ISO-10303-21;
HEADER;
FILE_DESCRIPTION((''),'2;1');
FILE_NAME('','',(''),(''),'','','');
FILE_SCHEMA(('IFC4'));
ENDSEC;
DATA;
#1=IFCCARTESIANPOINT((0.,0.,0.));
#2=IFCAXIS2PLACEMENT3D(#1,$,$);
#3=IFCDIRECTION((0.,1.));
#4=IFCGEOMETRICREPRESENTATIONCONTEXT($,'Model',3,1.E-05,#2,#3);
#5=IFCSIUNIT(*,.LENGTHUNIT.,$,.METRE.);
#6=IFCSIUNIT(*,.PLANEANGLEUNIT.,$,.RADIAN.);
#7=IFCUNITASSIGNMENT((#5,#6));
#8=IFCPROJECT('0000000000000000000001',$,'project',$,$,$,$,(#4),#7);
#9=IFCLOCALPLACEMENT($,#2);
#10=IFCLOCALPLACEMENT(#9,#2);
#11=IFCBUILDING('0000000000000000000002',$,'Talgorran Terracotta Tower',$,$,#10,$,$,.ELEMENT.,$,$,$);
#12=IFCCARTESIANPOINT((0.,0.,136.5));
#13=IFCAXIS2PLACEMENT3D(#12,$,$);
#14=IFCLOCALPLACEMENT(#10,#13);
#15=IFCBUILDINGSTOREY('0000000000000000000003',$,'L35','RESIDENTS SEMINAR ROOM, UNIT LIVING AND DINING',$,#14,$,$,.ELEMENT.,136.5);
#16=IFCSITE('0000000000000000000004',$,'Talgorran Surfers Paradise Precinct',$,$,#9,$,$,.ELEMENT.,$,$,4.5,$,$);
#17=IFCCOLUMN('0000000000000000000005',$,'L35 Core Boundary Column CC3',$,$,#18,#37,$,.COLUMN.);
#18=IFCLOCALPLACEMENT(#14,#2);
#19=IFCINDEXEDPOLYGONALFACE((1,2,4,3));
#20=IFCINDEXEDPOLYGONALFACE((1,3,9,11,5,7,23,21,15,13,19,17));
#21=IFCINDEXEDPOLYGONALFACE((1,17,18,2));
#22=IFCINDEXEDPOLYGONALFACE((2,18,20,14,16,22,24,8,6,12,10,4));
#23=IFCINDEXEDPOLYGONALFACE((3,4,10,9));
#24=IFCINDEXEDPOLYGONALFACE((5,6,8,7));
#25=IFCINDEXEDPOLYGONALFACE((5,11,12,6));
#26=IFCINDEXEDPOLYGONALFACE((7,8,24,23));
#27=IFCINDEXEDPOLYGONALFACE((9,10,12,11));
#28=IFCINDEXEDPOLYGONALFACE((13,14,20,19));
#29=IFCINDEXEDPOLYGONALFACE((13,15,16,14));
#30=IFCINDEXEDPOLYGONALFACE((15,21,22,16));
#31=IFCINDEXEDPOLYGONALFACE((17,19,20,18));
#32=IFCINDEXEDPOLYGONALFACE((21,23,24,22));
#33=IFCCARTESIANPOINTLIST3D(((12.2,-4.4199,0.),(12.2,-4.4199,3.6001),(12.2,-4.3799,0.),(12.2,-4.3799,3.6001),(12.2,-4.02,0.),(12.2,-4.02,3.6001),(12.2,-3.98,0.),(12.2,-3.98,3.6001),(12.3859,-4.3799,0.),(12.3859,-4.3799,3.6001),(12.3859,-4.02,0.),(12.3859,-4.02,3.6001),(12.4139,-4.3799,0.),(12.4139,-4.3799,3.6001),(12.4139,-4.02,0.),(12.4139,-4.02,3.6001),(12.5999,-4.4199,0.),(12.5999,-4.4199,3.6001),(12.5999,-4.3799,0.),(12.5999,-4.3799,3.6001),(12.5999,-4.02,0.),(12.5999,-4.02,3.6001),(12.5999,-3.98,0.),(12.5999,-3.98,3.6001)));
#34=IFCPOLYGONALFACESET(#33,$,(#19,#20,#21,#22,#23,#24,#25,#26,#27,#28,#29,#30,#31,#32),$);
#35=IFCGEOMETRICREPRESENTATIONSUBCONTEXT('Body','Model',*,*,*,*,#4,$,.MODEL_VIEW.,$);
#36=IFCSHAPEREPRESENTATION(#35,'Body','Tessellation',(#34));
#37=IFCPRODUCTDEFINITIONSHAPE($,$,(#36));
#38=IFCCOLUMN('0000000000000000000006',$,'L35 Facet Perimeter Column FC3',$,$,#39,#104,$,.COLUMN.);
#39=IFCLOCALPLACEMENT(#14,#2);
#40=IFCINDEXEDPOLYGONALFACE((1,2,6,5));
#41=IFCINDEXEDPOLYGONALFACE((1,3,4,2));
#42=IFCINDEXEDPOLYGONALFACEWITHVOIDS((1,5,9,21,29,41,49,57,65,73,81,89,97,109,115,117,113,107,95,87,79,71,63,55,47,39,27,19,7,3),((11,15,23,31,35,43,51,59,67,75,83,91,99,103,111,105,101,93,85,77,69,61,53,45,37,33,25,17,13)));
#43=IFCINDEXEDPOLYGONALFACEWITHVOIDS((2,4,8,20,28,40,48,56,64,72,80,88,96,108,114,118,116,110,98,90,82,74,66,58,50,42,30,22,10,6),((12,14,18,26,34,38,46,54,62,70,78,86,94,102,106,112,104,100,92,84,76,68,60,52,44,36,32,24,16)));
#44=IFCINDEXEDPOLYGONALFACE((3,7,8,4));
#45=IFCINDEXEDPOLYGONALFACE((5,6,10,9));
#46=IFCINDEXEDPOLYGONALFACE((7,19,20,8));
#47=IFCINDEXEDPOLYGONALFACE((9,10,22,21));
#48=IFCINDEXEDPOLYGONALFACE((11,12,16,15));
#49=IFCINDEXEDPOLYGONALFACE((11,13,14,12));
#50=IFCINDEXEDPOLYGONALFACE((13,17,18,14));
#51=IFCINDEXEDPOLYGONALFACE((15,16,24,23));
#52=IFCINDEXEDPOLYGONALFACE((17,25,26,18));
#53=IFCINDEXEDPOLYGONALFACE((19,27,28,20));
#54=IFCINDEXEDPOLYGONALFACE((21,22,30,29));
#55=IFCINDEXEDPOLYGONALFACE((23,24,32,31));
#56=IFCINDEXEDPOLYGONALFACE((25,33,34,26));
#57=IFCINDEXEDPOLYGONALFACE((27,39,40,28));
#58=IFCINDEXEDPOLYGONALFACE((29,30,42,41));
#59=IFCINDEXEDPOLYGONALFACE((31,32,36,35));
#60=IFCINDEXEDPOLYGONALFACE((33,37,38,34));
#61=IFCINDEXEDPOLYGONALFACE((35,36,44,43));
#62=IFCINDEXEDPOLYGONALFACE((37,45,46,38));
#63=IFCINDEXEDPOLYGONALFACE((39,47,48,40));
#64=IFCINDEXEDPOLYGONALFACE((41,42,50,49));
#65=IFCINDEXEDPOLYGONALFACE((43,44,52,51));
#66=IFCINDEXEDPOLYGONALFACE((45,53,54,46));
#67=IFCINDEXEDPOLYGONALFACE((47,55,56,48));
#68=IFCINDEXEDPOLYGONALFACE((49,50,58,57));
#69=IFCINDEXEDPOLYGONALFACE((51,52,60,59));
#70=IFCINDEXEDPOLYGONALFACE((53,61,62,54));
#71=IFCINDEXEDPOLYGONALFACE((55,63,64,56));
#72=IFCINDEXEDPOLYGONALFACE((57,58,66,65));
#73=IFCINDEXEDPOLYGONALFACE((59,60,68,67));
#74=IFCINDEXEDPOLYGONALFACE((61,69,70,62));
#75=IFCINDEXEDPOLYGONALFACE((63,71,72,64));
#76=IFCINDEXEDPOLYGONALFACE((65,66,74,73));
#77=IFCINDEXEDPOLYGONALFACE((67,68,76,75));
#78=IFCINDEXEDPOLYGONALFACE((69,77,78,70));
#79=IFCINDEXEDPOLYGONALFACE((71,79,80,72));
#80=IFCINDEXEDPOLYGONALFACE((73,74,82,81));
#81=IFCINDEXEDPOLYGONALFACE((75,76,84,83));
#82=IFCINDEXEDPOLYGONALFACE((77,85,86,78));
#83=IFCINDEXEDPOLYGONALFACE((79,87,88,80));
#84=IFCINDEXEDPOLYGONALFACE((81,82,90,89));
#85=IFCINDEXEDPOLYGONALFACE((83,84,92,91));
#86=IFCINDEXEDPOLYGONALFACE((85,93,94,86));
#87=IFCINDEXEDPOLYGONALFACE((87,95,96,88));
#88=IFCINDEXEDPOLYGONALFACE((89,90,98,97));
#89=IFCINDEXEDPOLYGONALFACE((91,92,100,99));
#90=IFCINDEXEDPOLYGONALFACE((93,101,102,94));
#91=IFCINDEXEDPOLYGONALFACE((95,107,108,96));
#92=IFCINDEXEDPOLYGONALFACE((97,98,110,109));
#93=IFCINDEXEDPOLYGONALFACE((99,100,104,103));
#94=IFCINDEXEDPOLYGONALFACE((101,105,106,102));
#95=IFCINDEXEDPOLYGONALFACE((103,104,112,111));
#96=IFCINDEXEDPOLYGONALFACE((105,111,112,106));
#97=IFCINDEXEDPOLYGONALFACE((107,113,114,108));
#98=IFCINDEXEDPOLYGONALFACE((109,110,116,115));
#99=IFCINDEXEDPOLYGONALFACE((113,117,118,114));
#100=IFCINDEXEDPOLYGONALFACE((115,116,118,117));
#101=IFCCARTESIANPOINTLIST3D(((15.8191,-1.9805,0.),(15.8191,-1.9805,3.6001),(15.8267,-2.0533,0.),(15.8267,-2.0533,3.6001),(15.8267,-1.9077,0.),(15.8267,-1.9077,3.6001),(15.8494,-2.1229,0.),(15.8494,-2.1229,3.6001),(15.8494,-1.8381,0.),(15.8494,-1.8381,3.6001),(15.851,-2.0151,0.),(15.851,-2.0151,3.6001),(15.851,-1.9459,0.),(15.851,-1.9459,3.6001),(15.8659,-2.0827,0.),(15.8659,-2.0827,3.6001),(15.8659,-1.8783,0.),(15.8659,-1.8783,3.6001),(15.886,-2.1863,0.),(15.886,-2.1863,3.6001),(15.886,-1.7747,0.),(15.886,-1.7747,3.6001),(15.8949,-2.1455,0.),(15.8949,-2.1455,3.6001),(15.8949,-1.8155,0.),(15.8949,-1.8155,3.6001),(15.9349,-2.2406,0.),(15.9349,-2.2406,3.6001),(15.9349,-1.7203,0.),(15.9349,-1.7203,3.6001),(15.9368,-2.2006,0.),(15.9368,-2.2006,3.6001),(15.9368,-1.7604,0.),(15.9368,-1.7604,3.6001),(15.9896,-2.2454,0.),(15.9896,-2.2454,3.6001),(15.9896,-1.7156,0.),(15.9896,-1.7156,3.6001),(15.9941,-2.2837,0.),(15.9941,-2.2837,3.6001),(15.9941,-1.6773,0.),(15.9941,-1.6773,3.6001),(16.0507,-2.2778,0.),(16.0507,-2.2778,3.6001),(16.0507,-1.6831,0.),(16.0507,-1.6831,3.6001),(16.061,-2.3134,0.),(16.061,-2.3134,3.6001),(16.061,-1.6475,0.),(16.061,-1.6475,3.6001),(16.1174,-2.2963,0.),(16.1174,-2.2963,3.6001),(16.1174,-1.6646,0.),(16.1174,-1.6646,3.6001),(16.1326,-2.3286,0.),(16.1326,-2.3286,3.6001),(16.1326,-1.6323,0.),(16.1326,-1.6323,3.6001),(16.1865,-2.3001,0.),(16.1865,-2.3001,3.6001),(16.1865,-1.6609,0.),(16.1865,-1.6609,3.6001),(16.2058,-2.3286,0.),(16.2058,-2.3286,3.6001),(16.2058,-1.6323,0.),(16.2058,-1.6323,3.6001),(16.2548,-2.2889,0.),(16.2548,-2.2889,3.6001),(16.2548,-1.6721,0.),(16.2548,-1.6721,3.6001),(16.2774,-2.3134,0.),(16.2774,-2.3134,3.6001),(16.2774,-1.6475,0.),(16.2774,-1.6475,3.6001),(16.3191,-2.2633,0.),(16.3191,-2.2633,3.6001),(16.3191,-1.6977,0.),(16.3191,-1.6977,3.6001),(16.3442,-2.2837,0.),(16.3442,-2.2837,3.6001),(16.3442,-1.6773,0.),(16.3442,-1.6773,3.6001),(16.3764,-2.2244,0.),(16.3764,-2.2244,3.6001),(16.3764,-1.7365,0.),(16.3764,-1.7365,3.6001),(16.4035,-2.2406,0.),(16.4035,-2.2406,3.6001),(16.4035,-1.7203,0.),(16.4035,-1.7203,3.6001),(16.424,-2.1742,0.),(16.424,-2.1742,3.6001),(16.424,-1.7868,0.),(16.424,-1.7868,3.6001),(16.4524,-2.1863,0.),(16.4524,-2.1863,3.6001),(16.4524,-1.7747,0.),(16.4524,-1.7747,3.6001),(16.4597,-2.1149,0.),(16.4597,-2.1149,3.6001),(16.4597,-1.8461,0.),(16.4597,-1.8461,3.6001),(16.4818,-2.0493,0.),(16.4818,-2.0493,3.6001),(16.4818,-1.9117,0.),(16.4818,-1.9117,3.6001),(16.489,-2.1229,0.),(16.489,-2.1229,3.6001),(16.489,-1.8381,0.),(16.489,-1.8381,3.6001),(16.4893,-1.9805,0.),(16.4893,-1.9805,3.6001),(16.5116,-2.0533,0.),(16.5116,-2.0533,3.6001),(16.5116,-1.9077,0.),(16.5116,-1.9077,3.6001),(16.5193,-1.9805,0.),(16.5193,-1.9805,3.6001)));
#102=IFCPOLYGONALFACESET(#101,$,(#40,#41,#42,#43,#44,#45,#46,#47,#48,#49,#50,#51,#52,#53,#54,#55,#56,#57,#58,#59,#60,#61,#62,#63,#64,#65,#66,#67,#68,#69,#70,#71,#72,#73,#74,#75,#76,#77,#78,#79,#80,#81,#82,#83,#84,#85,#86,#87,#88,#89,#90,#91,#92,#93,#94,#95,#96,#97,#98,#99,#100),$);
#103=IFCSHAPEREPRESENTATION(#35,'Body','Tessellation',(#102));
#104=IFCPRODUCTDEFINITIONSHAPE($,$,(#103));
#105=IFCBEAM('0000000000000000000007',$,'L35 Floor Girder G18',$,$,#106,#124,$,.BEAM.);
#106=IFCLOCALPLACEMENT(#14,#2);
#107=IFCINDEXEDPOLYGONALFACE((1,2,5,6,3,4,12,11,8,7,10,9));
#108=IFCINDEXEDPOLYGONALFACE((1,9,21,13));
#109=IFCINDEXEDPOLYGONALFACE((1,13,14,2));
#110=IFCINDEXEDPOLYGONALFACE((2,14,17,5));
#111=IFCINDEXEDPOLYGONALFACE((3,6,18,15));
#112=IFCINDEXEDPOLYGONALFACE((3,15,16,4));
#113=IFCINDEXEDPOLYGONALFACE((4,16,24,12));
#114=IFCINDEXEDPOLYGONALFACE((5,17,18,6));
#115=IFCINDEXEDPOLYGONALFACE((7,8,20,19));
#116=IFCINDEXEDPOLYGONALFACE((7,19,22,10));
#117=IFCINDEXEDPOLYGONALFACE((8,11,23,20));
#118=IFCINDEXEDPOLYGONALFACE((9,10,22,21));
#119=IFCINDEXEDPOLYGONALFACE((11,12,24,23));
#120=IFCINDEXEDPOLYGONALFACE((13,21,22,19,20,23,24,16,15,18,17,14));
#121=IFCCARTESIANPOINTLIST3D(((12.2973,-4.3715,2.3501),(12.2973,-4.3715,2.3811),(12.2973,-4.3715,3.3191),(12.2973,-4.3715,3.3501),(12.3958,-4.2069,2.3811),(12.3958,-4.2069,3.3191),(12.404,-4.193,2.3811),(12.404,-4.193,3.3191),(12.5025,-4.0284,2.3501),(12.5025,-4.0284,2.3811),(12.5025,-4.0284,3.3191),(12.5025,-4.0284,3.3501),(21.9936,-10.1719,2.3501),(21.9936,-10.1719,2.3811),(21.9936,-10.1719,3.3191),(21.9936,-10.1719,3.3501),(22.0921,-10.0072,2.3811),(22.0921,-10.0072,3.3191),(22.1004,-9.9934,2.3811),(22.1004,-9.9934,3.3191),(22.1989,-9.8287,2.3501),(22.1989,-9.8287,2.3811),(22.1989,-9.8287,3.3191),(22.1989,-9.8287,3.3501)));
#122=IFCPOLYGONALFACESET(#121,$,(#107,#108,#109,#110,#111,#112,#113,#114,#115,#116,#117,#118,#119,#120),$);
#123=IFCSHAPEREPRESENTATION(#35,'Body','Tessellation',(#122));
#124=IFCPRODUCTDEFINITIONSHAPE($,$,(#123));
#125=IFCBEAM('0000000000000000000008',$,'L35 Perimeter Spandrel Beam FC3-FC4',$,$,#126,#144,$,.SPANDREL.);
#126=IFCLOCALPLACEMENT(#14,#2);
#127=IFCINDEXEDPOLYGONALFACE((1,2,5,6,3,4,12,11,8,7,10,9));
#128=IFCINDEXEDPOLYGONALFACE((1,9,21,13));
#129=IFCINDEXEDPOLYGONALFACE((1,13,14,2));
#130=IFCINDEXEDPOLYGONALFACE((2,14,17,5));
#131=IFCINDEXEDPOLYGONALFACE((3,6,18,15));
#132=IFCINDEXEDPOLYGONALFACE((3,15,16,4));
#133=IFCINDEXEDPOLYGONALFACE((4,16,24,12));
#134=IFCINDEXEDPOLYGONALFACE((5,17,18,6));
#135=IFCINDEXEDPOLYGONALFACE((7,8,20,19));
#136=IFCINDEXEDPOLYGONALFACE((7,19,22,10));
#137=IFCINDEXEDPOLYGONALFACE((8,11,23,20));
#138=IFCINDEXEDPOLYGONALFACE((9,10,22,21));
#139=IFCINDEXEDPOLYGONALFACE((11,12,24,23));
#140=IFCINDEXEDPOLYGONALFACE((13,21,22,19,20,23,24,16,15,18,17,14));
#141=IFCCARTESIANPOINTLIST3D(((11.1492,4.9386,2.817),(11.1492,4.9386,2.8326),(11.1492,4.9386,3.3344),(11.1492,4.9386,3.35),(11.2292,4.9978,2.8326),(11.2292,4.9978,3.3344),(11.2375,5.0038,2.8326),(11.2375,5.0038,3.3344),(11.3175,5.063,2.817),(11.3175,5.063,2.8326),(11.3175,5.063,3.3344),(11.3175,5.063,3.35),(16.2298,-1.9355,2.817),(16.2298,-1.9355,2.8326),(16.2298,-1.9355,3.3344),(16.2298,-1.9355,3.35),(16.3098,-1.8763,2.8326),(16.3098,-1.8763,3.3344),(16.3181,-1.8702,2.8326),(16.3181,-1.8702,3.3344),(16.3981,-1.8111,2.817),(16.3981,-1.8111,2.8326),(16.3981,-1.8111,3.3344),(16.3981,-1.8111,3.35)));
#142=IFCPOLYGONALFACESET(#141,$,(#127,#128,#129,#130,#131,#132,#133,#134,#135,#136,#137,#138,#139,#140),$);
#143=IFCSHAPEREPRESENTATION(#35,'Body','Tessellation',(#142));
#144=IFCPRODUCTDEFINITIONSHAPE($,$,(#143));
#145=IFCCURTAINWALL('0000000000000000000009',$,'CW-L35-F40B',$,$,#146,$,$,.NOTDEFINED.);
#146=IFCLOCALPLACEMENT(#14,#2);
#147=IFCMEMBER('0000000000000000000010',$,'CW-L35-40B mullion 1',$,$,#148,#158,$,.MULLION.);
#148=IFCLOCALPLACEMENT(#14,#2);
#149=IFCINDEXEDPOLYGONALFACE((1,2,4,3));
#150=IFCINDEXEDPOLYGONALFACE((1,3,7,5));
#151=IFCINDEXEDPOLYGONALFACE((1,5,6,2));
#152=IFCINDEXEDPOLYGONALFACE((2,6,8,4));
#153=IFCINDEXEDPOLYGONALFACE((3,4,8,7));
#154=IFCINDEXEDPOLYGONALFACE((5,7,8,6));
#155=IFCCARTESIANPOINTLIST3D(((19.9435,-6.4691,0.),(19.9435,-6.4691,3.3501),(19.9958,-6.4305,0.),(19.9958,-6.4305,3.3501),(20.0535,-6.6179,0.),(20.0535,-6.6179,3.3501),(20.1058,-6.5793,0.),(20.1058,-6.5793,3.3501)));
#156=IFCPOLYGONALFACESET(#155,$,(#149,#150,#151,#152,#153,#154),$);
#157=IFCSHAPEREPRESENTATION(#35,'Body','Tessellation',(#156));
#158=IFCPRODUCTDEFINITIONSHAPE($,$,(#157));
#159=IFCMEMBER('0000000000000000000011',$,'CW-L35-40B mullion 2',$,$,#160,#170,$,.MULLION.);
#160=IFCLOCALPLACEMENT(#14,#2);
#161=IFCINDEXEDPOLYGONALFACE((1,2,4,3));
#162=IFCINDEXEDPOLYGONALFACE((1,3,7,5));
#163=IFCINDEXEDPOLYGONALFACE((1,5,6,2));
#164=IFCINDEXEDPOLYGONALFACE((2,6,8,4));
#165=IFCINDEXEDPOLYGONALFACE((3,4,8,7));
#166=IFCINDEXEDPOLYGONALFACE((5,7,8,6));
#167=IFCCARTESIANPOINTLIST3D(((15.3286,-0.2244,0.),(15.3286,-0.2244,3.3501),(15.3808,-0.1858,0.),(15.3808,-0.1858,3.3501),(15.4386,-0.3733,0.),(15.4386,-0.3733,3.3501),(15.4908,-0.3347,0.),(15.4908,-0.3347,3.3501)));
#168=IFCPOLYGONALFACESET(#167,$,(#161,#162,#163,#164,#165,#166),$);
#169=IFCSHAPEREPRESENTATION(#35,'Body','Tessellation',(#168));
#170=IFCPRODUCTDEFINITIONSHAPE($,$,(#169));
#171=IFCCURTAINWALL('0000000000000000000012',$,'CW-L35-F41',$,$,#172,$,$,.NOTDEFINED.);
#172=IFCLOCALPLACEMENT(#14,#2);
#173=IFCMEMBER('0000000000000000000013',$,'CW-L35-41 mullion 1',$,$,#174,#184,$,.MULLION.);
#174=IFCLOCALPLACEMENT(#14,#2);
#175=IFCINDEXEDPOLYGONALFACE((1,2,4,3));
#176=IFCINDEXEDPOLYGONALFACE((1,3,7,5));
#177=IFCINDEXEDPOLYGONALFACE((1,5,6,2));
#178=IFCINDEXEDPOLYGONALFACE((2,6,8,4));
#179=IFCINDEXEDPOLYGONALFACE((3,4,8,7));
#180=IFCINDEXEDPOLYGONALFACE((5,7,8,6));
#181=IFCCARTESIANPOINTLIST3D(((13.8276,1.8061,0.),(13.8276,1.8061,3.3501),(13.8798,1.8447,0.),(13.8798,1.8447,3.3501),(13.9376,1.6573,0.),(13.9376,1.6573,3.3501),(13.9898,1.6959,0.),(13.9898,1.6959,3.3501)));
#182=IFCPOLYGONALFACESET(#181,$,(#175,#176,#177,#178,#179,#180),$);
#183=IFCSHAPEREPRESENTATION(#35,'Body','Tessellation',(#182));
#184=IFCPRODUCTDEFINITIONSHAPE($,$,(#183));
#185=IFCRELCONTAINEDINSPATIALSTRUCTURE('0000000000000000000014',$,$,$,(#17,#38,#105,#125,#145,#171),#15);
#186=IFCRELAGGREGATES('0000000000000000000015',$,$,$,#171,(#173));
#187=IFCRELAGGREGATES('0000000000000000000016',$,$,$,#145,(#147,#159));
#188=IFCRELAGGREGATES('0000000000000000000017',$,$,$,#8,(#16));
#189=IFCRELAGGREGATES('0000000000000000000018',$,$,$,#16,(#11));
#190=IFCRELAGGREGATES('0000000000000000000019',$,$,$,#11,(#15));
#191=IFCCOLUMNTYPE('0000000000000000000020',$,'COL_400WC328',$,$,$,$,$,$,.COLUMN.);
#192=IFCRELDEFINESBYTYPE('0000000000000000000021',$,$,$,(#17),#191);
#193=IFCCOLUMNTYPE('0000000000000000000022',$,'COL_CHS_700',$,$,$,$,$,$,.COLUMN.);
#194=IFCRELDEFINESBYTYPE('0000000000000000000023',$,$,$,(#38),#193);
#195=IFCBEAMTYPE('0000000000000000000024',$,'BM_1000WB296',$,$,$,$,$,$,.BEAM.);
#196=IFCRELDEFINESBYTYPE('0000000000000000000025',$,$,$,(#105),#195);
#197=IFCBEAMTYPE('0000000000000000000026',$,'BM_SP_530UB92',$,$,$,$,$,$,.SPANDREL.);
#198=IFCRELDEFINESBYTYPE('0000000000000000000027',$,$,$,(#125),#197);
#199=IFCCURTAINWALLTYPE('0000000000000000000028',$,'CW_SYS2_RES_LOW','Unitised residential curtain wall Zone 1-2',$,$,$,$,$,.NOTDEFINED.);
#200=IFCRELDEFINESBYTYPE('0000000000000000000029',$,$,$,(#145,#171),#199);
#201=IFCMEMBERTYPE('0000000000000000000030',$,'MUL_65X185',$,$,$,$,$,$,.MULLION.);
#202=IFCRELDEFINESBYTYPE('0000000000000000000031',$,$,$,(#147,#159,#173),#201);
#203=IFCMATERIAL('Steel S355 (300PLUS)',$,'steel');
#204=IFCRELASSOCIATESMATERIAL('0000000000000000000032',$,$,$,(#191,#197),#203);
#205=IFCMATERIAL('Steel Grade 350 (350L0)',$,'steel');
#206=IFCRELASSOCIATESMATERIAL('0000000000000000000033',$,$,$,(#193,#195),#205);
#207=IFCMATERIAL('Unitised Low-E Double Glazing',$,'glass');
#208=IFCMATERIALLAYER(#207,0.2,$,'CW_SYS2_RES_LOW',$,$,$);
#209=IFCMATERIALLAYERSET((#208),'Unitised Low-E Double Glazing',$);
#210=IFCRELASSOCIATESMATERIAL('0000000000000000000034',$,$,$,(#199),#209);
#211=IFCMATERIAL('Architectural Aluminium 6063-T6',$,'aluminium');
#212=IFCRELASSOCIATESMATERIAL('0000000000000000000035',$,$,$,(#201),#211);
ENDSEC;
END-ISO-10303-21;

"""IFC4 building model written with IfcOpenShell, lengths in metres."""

from ifc_helpers import new_model, si_unit, direction, frame, origin, origin_2d, place, context, subcontext, project, spatial, rectangle, hollow_circle, i_section, extrude, material, layer, layer_set, material_profile, profile_set, type_object, element, aggregate, save


model = new_model("IFC4")

# Units and contexts
model_context = context("Model", 3, precision=1e-05, world=origin(), true_north=direction((0.0, 1.0)))
body_context = subcontext(model_context, "Body", "Model", "MODEL_VIEW")
ifc_project = project(units=[si_unit("LENGTHUNIT", "METRE"), si_unit("PLANEANGLEUNIT", "RADIAN")], contexts=[model_context])

# Site, building, storey
site_placement = place(None, origin())
site = spatial("IfcSite", under=ifc_project, at=site_placement, Name="Talgorran Surfers Paradise Precinct", CompositionType="ELEMENT", RefElevation=4.5)
building_placement = place(site_placement, origin())
building = spatial("IfcBuilding", under=site, at=building_placement, Name="Talgorran Terracotta Tower", CompositionType="ELEMENT")
storey_placement = place(building_placement, frame((0.0, 0.0, 136.5)))
storey = spatial("IfcBuildingStorey", under=building, at=storey_placement, Name="L35", Description="RESIDENTS SEMINAR ROOM, UNIT LIVING AND DINING", CompositionType="ELEMENT", Elevation=136.5)

# Columns
ifc_material_1 = material(Name="Steel S355 (300PLUS)", Category="steel")
ifc_material_profile_1 = material_profile(ifc_material_1, i_section(OverallWidth=0.3999, OverallDepth=0.4399, WebThickness=0.0281, FlangeThickness=0.04, at=origin_2d()), Name="400WC328")
ifc_profile_set_1 = profile_set([ifc_material_profile_1], Name="Steel S355 (300PLUS)")
column_type_1 = type_object("IfcColumnType", Name="COL_400WC328", PredefinedType="COLUMN", material=ifc_profile_set_1)
column_1_placement = place(storey_placement, frame((12.3999, -4.2, 0.0), z_axis=(0.0, 0.0, 1.0), x_axis=(1.0, 0.0, 0.0)))
element("IfcColumn", 1, at=column_1_placement, inside=storey, type_object=column_type_1, Name="L35 Core Boundary Column CC3", PredefinedType="COLUMN", context=body_context, shape_type="SweptSolid", body=[
    extrude(i_section(OverallWidth=0.3999, OverallDepth=0.4399, WebThickness=0.0281, FlangeThickness=0.04, at=origin_2d()), origin(), (0.0, 0.0, 1.0), 3.6001),
])
ifc_material_2 = material(Name="Steel Grade 350 (350L0)", Category="steel")
ifc_material_profile_2 = material_profile(ifc_material_2, hollow_circle(Radius=0.3501, WallThickness=0.03, at=origin_2d()), Name="CHS700X30")
ifc_profile_set_2 = profile_set([ifc_material_profile_2], Name="Steel Grade 350 (350L0)")
column_type_2 = type_object("IfcColumnType", Name="COL_CHS_700", PredefinedType="COLUMN", material=ifc_profile_set_2)
column_2_placement = place(storey_placement, frame((16.1692, -1.9805, 0.0), z_axis=(0.0, 0.0, 1.0), x_axis=(1.0, 0.0, 0.0)))
element("IfcColumn", 2, at=column_2_placement, inside=storey, type_object=column_type_2, Name="L35 Facet Perimeter Column FC3", PredefinedType="COLUMN", context=body_context, shape_type="SweptSolid", body=[
    extrude(hollow_circle(Radius=0.3501, WallThickness=0.03, at=origin_2d()), origin(), (0.0, 0.0, 1.0), 3.6001),
])

# Beams
ifc_material_profile_3 = material_profile(ifc_material_2, i_section(OverallWidth=0.3999, OverallDepth=1.0, WebThickness=0.0161, FlangeThickness=0.031, at=origin_2d()), Name="1000WB296")
ifc_profile_set_3 = profile_set([ifc_material_profile_3], Name="Steel Grade 350 (350L0)")
beam_type_1 = type_object("IfcBeamType", Name="BM_1000WB296", PredefinedType="BEAM", material=ifc_profile_set_3)
beam_1_placement = place(storey_placement, frame((12.3999, -4.2, 2.8501), z_axis=(0.858175, -0.513358, 0.0), x_axis=(0.513358, 0.858175, 0.0)))
element("IfcBeam", 3, at=beam_1_placement, inside=storey, type_object=beam_type_1, Name="L35 Floor Girder G18", PredefinedType="BEAM", context=body_context, shape_type="SweptSolid", body=[
    extrude(i_section(OverallWidth=0.3999, OverallDepth=1.0, WebThickness=0.0161, FlangeThickness=0.031, at=origin_2d()), origin(), (0.0, 0.0, 1.0), 11.2988),
])
ifc_material_profile_4 = material_profile(ifc_material_1, i_section(OverallWidth=0.2092, OverallDepth=0.533, WebThickness=0.0103, FlangeThickness=0.0156, at=origin_2d()), Name="530UB92.4")
ifc_profile_set_4 = profile_set([ifc_material_profile_4], Name="Steel S355 (300PLUS)")
beam_type_2 = type_object("IfcBeamType", Name="BM_SP_530UB92", PredefinedType="SPANDREL", material=ifc_profile_set_4)
beam_2_placement = place(storey_placement, frame((16.314, -1.8733, 3.0835), z_axis=(-0.594373, 0.804189, 0.0), x_axis=(-0.804189, -0.594373, 0.0)))
element("IfcBeam", 4, at=beam_2_placement, inside=storey, type_object=beam_type_2, Name="L35 Perimeter Spandrel Beam FC3-FC4", PredefinedType="SPANDREL", context=body_context, shape_type="SweptSolid", body=[
    extrude(i_section(OverallWidth=0.2092, OverallDepth=0.533, WebThickness=0.0103, FlangeThickness=0.0156, at=origin_2d()), origin(), (0.0, 0.0, 1.0), 8.5479),
])

# Curtain wall, members
ifc_material_3 = material(Name="Unitised Low-E Double Glazing", Category="glass")
ifc_layer_1 = layer(ifc_material_3, 0.2, Name="CW_SYS2_RES_LOW")
ifc_layer_set_1 = layer_set([ifc_layer_1], Name="Unitised Low-E Double Glazing")
curtain_wall_type = type_object("IfcCurtainWallType", Name="CW_SYS2_RES_LOW", Description="Unitised residential curtain wall Zone 1-2", PredefinedType="NOTDEFINED", material=ifc_layer_set_1)
curtain_wall_1_placement = place(storey_placement, origin())
curtain_wall_1 = element("IfcCurtainWall", 5, at=curtain_wall_1_placement, inside=storey, type_object=curtain_wall_type, Name="CW-L35-F40B", PredefinedType="NOTDEFINED")
ifc_material_4 = material(Name="Architectural Aluminium 6063-T6", Category="aluminium")
ifc_material_profile_5 = material_profile(ifc_material_4, rectangle(XDim=0.0649, YDim=0.1851, at=origin_2d()), Name="CWM65X185")
ifc_profile_set_5 = profile_set([ifc_material_profile_5], Name="Architectural Aluminium 6063-T6")
member_type_1 = type_object("IfcMemberType", Name="MUL_65X185", PredefinedType="MULLION", material=ifc_profile_set_5)
member_1_placement = place(storey_placement, frame((20.0247, -6.5242, 0.0), z_axis=(0.0, 0.0, 1.0), x_axis=(-0.804199, -0.594359, 0.0)))
member_1 = element("IfcMember", 6, at=member_1_placement, type_object=member_type_1, Name="CW-L35-40B mullion 1", PredefinedType="MULLION", context=body_context, shape_type="SweptSolid", body=[
    extrude(rectangle(XDim=0.0649, YDim=0.1851, at=origin_2d()), origin(), (0.0, 0.0, 1.0), 3.3501),
])
member_2_placement = place(storey_placement, frame((15.4097, -0.2795, 0.0), z_axis=(0.0, 0.0, 1.0), x_axis=(-0.804199, -0.594359, 0.0)))
member_2 = element("IfcMember", 7, at=member_2_placement, type_object=member_type_1, Name="CW-L35-40B mullion 2", PredefinedType="MULLION", context=body_context, shape_type="SweptSolid", body=[
    extrude(rectangle(XDim=0.0649, YDim=0.1851, at=origin_2d()), origin(), (0.0, 0.0, 1.0), 3.3501),
])

# Curtain wall, member
curtain_wall_2_placement = place(storey_placement, origin())
curtain_wall_2 = element("IfcCurtainWall", 8, at=curtain_wall_2_placement, inside=storey, type_object=curtain_wall_type, Name="CW-L35-F41", PredefinedType="NOTDEFINED")
member_3_placement = place(storey_placement, frame((13.9087, 1.751, 0.0), z_axis=(0.0, 0.0, 1.0), x_axis=(-0.804202, -0.594356, 0.0)))
member_3 = element("IfcMember", 9, at=member_3_placement, type_object=member_type_1, Name="CW-L35-41 mullion 1", PredefinedType="MULLION", context=body_context, shape_type="SweptSolid", body=[
    extrude(rectangle(XDim=0.0649, YDim=0.1851, at=origin_2d()), origin(), (0.0, 0.0, 1.0), 3.3501),
])

aggregate(curtain_wall_2, [member_3])

aggregate(curtain_wall_1, [member_1, member_2])

save(model, "model.ifc")
